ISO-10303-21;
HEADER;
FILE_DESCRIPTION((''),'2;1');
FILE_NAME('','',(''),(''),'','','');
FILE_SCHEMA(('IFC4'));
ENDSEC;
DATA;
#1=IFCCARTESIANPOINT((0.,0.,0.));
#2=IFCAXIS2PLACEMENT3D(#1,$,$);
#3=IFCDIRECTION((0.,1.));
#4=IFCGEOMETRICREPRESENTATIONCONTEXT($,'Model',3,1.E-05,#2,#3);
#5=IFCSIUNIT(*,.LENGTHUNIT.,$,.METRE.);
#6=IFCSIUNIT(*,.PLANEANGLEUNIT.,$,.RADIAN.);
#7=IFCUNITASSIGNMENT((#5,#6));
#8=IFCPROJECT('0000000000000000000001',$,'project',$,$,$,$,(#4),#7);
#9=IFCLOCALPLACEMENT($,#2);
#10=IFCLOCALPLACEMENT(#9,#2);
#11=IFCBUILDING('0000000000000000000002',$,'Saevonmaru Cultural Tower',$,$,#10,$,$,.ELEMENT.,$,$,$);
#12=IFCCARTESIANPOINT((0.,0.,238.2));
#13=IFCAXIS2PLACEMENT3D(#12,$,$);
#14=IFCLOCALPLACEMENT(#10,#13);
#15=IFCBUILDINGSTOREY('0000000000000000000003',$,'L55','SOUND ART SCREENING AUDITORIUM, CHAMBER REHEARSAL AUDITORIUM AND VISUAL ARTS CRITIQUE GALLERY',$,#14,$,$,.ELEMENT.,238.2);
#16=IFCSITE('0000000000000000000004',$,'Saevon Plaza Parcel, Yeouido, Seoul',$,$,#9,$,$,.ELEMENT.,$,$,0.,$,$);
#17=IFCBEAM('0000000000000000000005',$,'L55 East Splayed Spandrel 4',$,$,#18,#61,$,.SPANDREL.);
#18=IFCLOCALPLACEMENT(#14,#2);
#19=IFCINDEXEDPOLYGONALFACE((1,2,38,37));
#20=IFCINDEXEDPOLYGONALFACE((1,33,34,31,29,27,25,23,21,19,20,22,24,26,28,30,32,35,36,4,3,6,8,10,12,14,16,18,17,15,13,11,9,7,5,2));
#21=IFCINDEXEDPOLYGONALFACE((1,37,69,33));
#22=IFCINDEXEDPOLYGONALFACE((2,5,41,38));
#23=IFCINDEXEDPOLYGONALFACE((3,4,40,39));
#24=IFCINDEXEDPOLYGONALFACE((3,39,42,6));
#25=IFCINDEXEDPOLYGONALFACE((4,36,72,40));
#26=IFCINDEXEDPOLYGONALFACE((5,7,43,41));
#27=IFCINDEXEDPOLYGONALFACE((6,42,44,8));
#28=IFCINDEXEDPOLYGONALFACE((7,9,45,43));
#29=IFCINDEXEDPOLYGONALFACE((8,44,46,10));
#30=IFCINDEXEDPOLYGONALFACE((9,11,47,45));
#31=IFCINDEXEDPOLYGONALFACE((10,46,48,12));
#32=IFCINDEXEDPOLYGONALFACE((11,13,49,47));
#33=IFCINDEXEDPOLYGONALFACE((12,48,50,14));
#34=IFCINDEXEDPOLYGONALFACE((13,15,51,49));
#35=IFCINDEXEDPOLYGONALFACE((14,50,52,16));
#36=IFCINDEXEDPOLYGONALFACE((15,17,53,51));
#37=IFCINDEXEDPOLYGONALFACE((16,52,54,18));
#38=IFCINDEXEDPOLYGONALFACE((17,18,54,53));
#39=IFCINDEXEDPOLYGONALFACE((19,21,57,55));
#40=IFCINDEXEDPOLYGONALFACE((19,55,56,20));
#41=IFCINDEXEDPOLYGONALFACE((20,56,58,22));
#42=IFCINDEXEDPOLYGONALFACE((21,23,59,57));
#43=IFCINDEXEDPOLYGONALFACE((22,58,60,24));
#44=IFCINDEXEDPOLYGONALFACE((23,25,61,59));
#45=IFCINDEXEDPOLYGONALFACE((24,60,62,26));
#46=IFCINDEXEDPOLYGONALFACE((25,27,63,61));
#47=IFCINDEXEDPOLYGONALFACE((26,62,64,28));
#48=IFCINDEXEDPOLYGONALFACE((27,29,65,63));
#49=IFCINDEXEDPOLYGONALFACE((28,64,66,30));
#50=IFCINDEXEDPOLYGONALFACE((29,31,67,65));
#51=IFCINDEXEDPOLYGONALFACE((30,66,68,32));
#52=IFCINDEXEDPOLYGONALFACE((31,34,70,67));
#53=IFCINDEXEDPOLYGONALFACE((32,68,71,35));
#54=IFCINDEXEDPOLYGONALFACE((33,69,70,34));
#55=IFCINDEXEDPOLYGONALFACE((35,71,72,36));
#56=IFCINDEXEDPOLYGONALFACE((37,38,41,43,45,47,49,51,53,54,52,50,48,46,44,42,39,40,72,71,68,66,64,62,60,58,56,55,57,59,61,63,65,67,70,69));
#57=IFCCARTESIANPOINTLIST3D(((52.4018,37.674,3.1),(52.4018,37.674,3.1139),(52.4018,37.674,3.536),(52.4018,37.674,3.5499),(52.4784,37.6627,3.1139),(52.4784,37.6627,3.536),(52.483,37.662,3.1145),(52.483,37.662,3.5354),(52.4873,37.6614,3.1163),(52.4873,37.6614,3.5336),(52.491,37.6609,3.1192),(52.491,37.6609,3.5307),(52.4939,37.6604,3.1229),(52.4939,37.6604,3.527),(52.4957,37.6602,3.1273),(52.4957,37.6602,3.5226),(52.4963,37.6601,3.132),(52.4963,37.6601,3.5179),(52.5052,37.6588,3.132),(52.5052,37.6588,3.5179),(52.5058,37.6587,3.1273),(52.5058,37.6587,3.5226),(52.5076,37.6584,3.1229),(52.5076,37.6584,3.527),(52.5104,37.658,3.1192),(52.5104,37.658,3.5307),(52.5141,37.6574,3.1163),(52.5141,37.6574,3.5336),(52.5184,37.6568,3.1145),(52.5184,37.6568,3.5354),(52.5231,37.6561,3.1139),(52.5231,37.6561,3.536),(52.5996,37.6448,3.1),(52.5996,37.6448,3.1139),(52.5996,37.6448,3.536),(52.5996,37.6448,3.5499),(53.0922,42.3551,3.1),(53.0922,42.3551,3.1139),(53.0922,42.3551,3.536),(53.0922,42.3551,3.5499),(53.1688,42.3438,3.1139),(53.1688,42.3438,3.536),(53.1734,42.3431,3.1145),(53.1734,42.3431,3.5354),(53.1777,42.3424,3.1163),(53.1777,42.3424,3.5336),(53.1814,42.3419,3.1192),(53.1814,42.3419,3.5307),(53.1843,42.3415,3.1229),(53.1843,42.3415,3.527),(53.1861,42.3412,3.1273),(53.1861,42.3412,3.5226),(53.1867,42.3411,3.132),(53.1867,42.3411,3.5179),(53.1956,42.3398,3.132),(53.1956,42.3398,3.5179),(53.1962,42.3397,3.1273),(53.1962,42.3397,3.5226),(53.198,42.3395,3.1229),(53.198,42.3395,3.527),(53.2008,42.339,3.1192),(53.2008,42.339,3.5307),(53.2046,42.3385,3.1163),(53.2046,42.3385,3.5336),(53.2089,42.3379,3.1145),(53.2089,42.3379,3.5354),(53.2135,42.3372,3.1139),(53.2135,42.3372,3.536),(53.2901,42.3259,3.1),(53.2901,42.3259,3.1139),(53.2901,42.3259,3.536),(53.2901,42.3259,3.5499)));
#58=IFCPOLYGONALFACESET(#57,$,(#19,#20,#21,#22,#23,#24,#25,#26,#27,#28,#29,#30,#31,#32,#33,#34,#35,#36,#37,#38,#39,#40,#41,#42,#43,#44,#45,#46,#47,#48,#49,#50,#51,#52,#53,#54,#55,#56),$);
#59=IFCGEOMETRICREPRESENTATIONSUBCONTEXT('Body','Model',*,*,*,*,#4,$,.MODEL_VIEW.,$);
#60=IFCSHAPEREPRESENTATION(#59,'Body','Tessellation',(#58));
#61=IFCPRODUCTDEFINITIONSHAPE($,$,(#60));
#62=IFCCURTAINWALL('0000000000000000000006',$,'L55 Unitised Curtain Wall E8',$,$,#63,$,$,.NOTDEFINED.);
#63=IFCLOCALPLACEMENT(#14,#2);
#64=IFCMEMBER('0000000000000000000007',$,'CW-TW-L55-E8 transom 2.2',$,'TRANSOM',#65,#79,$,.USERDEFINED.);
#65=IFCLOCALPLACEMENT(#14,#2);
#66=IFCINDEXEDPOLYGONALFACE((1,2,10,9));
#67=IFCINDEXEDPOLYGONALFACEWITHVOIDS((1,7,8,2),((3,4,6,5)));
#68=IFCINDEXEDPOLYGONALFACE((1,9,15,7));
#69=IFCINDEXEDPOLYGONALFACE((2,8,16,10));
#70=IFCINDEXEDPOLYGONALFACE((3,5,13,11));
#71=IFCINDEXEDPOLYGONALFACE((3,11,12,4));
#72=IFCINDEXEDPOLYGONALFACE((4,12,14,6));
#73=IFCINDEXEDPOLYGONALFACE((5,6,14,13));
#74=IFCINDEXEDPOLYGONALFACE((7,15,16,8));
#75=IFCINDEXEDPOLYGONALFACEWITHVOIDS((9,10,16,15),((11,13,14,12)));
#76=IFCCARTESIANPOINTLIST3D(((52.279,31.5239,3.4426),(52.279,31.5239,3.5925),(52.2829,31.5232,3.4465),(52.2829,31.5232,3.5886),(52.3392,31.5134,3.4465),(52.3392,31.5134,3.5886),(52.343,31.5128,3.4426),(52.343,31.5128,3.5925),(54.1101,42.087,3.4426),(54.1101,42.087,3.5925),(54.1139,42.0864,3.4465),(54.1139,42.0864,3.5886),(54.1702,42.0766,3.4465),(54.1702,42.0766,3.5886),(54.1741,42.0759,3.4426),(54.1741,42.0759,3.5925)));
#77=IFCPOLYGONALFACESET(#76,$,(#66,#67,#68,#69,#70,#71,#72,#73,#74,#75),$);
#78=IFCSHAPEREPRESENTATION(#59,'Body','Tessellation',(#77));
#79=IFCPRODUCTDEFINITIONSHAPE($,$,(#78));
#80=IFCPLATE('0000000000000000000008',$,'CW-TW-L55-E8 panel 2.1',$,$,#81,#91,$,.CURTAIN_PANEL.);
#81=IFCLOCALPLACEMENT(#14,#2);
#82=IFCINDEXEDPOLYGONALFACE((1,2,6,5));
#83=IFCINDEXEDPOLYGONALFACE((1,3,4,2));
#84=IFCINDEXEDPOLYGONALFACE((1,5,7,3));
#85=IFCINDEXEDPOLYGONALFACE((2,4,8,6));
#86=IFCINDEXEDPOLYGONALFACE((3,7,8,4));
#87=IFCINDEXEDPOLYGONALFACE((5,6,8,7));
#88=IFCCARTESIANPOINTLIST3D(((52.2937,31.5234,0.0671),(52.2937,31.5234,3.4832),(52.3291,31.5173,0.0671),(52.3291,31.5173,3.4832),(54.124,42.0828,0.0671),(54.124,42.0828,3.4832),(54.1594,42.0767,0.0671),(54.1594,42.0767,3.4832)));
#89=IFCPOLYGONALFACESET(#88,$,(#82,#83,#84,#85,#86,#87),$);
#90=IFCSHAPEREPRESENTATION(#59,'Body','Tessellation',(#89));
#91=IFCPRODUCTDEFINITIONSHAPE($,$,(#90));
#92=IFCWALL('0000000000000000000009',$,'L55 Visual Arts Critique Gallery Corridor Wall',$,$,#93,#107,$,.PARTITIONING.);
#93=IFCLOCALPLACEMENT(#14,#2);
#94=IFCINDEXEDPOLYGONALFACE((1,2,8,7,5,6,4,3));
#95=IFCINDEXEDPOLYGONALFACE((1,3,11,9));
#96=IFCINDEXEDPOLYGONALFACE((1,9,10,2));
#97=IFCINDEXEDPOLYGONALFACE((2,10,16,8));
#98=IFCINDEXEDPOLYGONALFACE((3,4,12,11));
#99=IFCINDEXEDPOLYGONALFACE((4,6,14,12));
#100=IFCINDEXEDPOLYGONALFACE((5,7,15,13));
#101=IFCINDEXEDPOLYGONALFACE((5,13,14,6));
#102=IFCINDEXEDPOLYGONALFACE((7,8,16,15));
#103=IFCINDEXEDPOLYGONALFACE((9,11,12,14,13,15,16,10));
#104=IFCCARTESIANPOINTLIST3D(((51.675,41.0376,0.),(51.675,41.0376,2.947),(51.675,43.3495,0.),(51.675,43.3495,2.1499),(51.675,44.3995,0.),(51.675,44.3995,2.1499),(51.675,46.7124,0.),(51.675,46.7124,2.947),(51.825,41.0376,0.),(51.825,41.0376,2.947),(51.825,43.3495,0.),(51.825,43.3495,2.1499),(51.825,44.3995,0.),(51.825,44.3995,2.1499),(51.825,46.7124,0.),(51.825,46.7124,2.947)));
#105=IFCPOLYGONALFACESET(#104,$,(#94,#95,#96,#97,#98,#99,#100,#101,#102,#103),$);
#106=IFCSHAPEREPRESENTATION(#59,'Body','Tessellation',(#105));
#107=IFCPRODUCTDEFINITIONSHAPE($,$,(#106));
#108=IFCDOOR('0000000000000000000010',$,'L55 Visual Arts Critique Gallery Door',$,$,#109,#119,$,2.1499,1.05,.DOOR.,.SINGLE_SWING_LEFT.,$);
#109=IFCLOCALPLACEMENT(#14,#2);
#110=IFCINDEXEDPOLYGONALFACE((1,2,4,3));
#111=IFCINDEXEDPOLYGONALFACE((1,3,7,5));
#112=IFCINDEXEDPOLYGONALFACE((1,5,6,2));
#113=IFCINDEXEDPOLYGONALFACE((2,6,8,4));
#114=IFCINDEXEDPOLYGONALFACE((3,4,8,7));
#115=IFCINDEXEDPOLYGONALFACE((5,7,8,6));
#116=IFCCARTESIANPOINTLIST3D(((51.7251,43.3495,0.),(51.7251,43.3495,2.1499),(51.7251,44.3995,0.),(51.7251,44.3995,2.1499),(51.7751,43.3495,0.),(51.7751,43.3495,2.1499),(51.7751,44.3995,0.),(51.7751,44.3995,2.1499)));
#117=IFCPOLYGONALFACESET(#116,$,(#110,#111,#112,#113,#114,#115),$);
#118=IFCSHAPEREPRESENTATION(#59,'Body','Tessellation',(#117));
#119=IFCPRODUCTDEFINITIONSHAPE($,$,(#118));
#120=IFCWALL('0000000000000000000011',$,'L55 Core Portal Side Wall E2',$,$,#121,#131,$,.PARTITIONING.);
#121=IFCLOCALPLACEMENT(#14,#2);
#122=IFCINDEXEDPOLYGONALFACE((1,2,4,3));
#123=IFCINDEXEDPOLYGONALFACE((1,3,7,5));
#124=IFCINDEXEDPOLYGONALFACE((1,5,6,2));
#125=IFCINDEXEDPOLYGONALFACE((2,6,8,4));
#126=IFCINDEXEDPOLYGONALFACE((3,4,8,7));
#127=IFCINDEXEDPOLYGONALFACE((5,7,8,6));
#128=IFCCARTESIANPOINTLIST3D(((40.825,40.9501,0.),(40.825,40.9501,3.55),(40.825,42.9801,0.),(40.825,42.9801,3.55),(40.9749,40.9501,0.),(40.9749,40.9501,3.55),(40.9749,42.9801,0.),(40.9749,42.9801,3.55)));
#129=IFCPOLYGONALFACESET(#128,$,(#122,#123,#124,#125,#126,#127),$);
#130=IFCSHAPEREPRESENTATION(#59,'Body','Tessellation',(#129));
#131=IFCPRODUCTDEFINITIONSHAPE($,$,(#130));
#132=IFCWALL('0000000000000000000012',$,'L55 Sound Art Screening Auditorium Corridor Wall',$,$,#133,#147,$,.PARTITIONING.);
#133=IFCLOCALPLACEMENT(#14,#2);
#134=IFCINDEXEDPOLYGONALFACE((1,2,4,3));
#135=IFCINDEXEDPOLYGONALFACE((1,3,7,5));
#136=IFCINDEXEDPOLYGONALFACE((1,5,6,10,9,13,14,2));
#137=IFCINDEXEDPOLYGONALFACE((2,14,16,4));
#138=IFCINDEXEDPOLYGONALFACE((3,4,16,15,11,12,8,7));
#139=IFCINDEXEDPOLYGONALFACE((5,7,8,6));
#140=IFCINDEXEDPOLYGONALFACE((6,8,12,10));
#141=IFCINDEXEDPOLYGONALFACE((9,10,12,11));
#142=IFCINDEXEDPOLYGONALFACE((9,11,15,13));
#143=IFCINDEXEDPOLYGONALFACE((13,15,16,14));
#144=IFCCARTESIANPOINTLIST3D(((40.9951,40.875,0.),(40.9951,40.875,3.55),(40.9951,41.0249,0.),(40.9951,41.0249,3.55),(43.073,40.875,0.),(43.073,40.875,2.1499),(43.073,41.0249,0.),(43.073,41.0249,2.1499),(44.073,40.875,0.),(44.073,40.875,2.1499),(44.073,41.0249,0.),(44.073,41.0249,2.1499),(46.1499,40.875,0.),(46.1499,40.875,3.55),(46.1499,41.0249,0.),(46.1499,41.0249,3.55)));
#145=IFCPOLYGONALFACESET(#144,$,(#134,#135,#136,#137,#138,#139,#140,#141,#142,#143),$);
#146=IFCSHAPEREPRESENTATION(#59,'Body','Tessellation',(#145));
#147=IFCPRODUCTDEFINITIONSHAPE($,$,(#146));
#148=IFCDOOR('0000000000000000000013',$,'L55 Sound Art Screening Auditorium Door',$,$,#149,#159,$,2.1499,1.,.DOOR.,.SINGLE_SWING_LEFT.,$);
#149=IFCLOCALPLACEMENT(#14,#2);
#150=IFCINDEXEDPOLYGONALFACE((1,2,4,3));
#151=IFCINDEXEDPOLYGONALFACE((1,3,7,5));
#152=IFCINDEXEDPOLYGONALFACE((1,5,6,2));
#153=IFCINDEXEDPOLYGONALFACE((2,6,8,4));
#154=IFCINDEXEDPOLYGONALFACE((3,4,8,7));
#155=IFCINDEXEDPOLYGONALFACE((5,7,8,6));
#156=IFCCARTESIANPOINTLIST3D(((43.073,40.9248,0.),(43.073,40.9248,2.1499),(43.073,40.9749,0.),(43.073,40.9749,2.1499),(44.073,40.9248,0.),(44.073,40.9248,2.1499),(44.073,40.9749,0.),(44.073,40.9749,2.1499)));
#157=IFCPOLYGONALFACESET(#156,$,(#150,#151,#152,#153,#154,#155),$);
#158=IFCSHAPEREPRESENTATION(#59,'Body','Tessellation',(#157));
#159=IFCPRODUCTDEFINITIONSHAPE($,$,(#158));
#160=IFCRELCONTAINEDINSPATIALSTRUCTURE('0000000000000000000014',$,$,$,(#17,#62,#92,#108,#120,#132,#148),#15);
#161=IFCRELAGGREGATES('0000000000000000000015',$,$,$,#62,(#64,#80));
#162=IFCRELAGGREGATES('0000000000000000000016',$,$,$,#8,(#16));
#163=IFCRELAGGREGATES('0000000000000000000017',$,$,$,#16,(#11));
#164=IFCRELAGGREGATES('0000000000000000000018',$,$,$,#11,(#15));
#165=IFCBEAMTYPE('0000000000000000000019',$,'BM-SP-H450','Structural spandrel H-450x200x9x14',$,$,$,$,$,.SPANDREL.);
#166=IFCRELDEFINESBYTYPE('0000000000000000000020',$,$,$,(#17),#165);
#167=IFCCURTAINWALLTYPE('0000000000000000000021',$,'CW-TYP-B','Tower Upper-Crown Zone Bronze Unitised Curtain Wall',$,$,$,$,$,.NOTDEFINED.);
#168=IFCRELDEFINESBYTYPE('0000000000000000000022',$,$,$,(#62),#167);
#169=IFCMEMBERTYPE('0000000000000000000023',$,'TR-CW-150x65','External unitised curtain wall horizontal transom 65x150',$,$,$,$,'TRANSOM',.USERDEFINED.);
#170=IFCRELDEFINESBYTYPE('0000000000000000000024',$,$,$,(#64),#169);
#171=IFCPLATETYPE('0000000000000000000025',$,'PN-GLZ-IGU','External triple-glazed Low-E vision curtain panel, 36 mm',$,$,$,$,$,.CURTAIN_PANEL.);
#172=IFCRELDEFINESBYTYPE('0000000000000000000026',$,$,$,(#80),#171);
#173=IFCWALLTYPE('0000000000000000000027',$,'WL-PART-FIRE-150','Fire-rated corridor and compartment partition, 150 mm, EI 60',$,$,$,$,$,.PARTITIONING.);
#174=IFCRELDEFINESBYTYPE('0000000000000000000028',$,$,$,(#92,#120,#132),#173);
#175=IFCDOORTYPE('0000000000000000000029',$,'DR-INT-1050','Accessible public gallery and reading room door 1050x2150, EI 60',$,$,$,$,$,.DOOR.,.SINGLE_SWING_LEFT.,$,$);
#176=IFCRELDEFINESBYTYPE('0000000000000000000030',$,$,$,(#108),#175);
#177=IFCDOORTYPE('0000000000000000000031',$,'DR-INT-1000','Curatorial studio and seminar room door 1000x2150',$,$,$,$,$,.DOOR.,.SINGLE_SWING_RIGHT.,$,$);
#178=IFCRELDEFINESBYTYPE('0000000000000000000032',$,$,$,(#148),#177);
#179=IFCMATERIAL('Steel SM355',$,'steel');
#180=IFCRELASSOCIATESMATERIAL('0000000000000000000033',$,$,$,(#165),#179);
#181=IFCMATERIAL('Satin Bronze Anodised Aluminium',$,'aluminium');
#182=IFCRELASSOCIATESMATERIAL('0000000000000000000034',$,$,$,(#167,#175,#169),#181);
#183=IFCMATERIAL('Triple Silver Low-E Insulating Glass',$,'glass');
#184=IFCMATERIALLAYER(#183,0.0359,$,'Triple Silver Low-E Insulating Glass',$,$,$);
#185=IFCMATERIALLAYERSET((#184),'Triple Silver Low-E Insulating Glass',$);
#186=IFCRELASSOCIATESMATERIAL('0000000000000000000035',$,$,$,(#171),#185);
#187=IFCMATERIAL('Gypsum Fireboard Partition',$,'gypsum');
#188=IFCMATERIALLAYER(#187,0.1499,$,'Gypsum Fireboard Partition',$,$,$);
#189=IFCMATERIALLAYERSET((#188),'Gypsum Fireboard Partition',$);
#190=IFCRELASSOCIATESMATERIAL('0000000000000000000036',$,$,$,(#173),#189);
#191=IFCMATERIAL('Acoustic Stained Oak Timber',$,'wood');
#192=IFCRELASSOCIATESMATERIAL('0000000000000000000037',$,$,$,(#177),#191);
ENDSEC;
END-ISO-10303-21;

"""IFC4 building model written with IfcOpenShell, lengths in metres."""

from ifc_helpers import new_model, si_unit, direction, frame, frame_2d, origin, origin_2d, place, context, subcontext, project, spatial, rectangle, hollow_rectangle, i_section, extrude, material, layer, layer_set, material_profile, profile_set, type_object, element, fill, aggregate, save


model = new_model("IFC4")

# Units and contexts
model_context = context("Model", 3, precision=1e-05, world=origin(), true_north=direction((0.0, 1.0)))
body_context = subcontext(model_context, "Body", "Model", "MODEL_VIEW")
ifc_project = project(units=[si_unit("LENGTHUNIT", "METRE"), si_unit("PLANEANGLEUNIT", "RADIAN")], contexts=[model_context])

# Site, building, storey
site_placement = place(None, origin())
site = spatial("IfcSite", under=ifc_project, at=site_placement, Name="Saevon Plaza Parcel, Yeouido, Seoul", CompositionType="ELEMENT", RefElevation=0.0)
building_placement = place(site_placement, origin())
building = spatial("IfcBuilding", under=site, at=building_placement, Name="Saevonmaru Cultural Tower", CompositionType="ELEMENT")
storey_placement = place(building_placement, frame((0.0, 0.0, 238.2)))
storey = spatial("IfcBuildingStorey", under=building, at=storey_placement, Name="L55", Description="SOUND ART SCREENING AUDITORIUM, CHAMBER REHEARSAL AUDITORIUM AND VISUAL ARTS CRITIQUE GALLERY", CompositionType="ELEMENT", Elevation=238.2)

# Shared definitions
ifc_material_1 = material(Name="Steel SM355", Category="steel")

# Beam
ifc_material_profile_1 = material_profile(ifc_material_1, i_section(OverallWidth=0.2, OverallDepth=0.45, WebThickness=0.009, FlangeThickness=0.0139, FilletRadius=0.0181, at=origin_2d()), Name="H-450x200x9x14")
ifc_profile_set_1 = profile_set([ifc_material_profile_1], Name="Steel SM355")
beam_type_1 = type_object("IfcBeamType", Name="BM-SP-H450", Description="Structural spandrel H-450x200x9x14", PredefinedType="SPANDREL", material=ifc_profile_set_1)
beam_1_placement = place(storey_placement, frame((52.5007, 37.6594, 3.325), z_axis=(0.145913, 0.989297, 0.0), x_axis=(-0.989297, 0.145913, 0.0)))
element("IfcBeam", 1, at=beam_1_placement, inside=storey, type_object=beam_type_1, Name="L55 East Splayed Spandrel 4", PredefinedType="SPANDREL", context=body_context, shape_type="SweptSolid", body=[
    extrude(i_section(OverallWidth=0.2, OverallDepth=0.45, WebThickness=0.009, FlangeThickness=0.0139, FilletRadius=0.0181, at=origin_2d()), origin(), (0.0, 0.0, 1.0), 4.7317),
])

# Curtain wall, member, plate
ifc_material_2 = material(Name="Satin Bronze Anodised Aluminium", Category="aluminium")
curtain_wall_type = type_object("IfcCurtainWallType", Name="CW-TYP-B", Description="Tower Upper-Crown Zone Bronze Unitised Curtain Wall", PredefinedType="NOTDEFINED", material=ifc_material_2)
curtain_wall_placement = place(storey_placement, origin())
curtain_wall = element("IfcCurtainWall", 2, at=curtain_wall_placement, inside=storey, type_object=curtain_wall_type, Name="L55 Unitised Curtain Wall E8", PredefinedType="NOTDEFINED")
ifc_material_profile_2 = material_profile(ifc_material_2, hollow_rectangle(XDim=0.0649, YDim=0.1499, WallThickness=0.0039, at=origin_2d()), Name="ALU-TRAN-150x65x4")
ifc_profile_set_2 = profile_set([ifc_material_profile_2], Name="Satin Bronze Anodised Aluminium")
member_type = type_object("IfcMemberType", Name="TR-CW-150x65", Description="External unitised curtain wall horizontal transom 65x150", ElementType="TRANSOM", PredefinedType="USERDEFINED", material=ifc_profile_set_2)
member_placement = place(storey_placement, frame((52.311, 31.5183, 3.5176), z_axis=(0.170795, 0.985307, 0.0), x_axis=(-0.985307, 0.170795, 0.0)))
member = element("IfcMember", 3, at=member_placement, type_object=member_type, Name="CW-TW-L55-E8 transom 2.2", ObjectType="TRANSOM", PredefinedType="USERDEFINED", context=body_context, shape_type="SweptSolid", body=[
    extrude(hollow_rectangle(XDim=0.0649, YDim=0.1499, WallThickness=0.0039, at=origin_2d()), origin(), (0.0, 0.0, 1.0), 10.7207),
])
ifc_material_3 = material(Name="Triple Silver Low-E Insulating Glass", Category="glass")
ifc_layer_1 = layer(ifc_material_3, 0.0359, Name="Triple Silver Low-E Insulating Glass")
ifc_layer_set_1 = layer_set([ifc_layer_1], Name="Triple Silver Low-E Insulating Glass")
plate_type = type_object("IfcPlateType", Name="PN-GLZ-IGU", Description="External triple-glazed Low-E vision curtain panel, 36 mm", PredefinedType="CURTAIN_PANEL", material=ifc_layer_set_1)
plate_placement = place(storey_placement, frame((53.2266, 36.8, 0.0671), z_axis=(0.0, 0.0, 1.0), x_axis=(0.17079, 0.985307, 0.0)))
plate = element("IfcPlate", 4, at=plate_placement, type_object=plate_type, Name="CW-TW-L55-E8 panel 2.1", PredefinedType="CURTAIN_PANEL", context=body_context, shape_type="SweptSolid", body=[
    extrude(rectangle(XDim=10.7168, YDim=0.0359, at=origin_2d()), origin(), (0.0, 0.0, 1.0), 3.416),
])
aggregate(curtain_wall, [member, plate])

# Wall, opening, door
ifc_material_4 = material(Name="Gypsum Fireboard Partition", Category="gypsum")
ifc_layer_2 = layer(ifc_material_4, 0.1499, Name="Gypsum Fireboard Partition")
ifc_layer_set_2 = layer_set([ifc_layer_2], Name="Gypsum Fireboard Partition")
wall_type_1 = type_object("IfcWallType", Name="WL-PART-FIRE-150", Description="Fire-rated corridor and compartment partition, 150 mm, EI 60", PredefinedType="PARTITIONING", material=ifc_layer_set_2)
wall_1_placement = place(storey_placement, frame((51.75, 41.0376, 0.0), z_axis=(0.0, 0.0, 1.0), x_axis=(0.0, 1.0, 0.0)))
wall_1 = element("IfcWall", 5, at=wall_1_placement, inside=storey, type_object=wall_type_1, Name="L55 Visual Arts Critique Gallery Corridor Wall", PredefinedType="PARTITIONING", context=body_context, shape_type="SweptSolid", body=[
    extrude(rectangle(XDim=5.6748, YDim=0.1499, at=frame_2d((2.8374, 0.0))), origin(), (0.0, 0.0, 1.0), 2.947),
])
opening_1_placement = place(wall_1_placement, frame((2.312, 0.0, 0.0)))
opening_1 = element("IfcOpeningElement", 6, at=opening_1_placement, cuts=wall_1, PredefinedType="OPENING", context=body_context, shape_type="SweptSolid", body=[
    extrude(rectangle(XDim=1.05, YDim=2.1499, at=frame_2d((0.5249, 1.075))), frame((0.0, 0.085, 0.0), z_axis=(0.0, -1.0, 0.0), x_axis=(1.0, 0.0, 0.0)), (0.0, 0.0, 1.0), 0.1699),
])
door_type_1 = type_object("IfcDoorType", Name="DR-INT-1050", Description="Accessible public gallery and reading room door 1050x2150, EI 60", OperationType="SINGLE_SWING_LEFT", PredefinedType="DOOR", material=ifc_material_2)
door_1_placement = place(opening_1_placement, origin())
door_1 = element("IfcDoor", 7, at=door_1_placement, inside=storey, type_object=door_type_1, Name="L55 Visual Arts Critique Gallery Door", OperationType="SINGLE_SWING_LEFT", OverallHeight=2.1499, OverallWidth=1.05, PredefinedType="DOOR", context=body_context, shape_type="SweptSolid", body=[
    extrude(rectangle(XDim=1.05, YDim=2.1499, at=frame_2d((0.5249, 1.075))), frame((0.0, 0.0249, 0.0), z_axis=(0.0, -1.0, 0.0), x_axis=(1.0, 0.0, 0.0)), (0.0, 0.0, 1.0), 0.05),
])
fill(opening_1, door_1)

# Wall
wall_2_placement = place(storey_placement, frame((40.8999, 40.95, 0.0), z_axis=(0.0, 0.0, 1.0), x_axis=(0.0, 1.0, 0.0)))
element("IfcWall", 8, at=wall_2_placement, inside=storey, type_object=wall_type_1, Name="L55 Core Portal Side Wall E2", PredefinedType="PARTITIONING", context=body_context, shape_type="SweptSolid", body=[
    extrude(rectangle(XDim=2.03, YDim=0.1499, at=frame_2d((1.0151, 0.0))), origin(), (0.0, 0.0, 1.0), 3.55),
])

# Wall, opening, door
wall_3_placement = place(storey_placement, frame((40.9951, 40.95, 0.0), z_axis=(0.0, 0.0, 1.0), x_axis=(1.0, 0.0, 0.0)))
wall_3 = element("IfcWall", 9, at=wall_3_placement, inside=storey, type_object=wall_type_1, Name="L55 Sound Art Screening Auditorium Corridor Wall", PredefinedType="PARTITIONING", context=body_context, shape_type="SweptSolid", body=[
    extrude(rectangle(XDim=5.1548, YDim=0.1499, at=frame_2d((2.5774, 0.0))), origin(), (0.0, 0.0, 1.0), 3.55),
])
opening_2_placement = place(wall_3_placement, frame((2.0779, 0.0, 0.0)))
opening_2 = element("IfcOpeningElement", 10, at=opening_2_placement, cuts=wall_3, PredefinedType="OPENING", context=body_context, shape_type="SweptSolid", body=[
    extrude(rectangle(XDim=1.0, YDim=2.1499, at=frame_2d((0.5, 1.075))), frame((0.0, 0.085, 0.0), z_axis=(0.0, -1.0, 0.0), x_axis=(1.0, 0.0, 0.0)), (0.0, 0.0, 1.0), 0.1699),
])
ifc_material_5 = material(Name="Acoustic Stained Oak Timber", Category="wood")
door_type_2 = type_object("IfcDoorType", Name="DR-INT-1000", Description="Curatorial studio and seminar room door 1000x2150", OperationType="SINGLE_SWING_RIGHT", PredefinedType="DOOR", material=ifc_material_5)
door_2_placement = place(opening_2_placement, origin())
door_2 = element("IfcDoor", 11, at=door_2_placement, inside=storey, type_object=door_type_2, Name="L55 Sound Art Screening Auditorium Door", OperationType="SINGLE_SWING_LEFT", OverallHeight=2.1499, OverallWidth=1.0, PredefinedType="DOOR", context=body_context, shape_type="SweptSolid", body=[
    extrude(rectangle(XDim=1.0, YDim=2.1499, at=frame_2d((0.5, 1.075))), frame((0.0, 0.0249, 0.0), z_axis=(0.0, -1.0, 0.0), x_axis=(1.0, 0.0, 0.0)), (0.0, 0.0, 1.0), 0.05),
])
fill(opening_2, door_2)

save(model, "model.ifc")
